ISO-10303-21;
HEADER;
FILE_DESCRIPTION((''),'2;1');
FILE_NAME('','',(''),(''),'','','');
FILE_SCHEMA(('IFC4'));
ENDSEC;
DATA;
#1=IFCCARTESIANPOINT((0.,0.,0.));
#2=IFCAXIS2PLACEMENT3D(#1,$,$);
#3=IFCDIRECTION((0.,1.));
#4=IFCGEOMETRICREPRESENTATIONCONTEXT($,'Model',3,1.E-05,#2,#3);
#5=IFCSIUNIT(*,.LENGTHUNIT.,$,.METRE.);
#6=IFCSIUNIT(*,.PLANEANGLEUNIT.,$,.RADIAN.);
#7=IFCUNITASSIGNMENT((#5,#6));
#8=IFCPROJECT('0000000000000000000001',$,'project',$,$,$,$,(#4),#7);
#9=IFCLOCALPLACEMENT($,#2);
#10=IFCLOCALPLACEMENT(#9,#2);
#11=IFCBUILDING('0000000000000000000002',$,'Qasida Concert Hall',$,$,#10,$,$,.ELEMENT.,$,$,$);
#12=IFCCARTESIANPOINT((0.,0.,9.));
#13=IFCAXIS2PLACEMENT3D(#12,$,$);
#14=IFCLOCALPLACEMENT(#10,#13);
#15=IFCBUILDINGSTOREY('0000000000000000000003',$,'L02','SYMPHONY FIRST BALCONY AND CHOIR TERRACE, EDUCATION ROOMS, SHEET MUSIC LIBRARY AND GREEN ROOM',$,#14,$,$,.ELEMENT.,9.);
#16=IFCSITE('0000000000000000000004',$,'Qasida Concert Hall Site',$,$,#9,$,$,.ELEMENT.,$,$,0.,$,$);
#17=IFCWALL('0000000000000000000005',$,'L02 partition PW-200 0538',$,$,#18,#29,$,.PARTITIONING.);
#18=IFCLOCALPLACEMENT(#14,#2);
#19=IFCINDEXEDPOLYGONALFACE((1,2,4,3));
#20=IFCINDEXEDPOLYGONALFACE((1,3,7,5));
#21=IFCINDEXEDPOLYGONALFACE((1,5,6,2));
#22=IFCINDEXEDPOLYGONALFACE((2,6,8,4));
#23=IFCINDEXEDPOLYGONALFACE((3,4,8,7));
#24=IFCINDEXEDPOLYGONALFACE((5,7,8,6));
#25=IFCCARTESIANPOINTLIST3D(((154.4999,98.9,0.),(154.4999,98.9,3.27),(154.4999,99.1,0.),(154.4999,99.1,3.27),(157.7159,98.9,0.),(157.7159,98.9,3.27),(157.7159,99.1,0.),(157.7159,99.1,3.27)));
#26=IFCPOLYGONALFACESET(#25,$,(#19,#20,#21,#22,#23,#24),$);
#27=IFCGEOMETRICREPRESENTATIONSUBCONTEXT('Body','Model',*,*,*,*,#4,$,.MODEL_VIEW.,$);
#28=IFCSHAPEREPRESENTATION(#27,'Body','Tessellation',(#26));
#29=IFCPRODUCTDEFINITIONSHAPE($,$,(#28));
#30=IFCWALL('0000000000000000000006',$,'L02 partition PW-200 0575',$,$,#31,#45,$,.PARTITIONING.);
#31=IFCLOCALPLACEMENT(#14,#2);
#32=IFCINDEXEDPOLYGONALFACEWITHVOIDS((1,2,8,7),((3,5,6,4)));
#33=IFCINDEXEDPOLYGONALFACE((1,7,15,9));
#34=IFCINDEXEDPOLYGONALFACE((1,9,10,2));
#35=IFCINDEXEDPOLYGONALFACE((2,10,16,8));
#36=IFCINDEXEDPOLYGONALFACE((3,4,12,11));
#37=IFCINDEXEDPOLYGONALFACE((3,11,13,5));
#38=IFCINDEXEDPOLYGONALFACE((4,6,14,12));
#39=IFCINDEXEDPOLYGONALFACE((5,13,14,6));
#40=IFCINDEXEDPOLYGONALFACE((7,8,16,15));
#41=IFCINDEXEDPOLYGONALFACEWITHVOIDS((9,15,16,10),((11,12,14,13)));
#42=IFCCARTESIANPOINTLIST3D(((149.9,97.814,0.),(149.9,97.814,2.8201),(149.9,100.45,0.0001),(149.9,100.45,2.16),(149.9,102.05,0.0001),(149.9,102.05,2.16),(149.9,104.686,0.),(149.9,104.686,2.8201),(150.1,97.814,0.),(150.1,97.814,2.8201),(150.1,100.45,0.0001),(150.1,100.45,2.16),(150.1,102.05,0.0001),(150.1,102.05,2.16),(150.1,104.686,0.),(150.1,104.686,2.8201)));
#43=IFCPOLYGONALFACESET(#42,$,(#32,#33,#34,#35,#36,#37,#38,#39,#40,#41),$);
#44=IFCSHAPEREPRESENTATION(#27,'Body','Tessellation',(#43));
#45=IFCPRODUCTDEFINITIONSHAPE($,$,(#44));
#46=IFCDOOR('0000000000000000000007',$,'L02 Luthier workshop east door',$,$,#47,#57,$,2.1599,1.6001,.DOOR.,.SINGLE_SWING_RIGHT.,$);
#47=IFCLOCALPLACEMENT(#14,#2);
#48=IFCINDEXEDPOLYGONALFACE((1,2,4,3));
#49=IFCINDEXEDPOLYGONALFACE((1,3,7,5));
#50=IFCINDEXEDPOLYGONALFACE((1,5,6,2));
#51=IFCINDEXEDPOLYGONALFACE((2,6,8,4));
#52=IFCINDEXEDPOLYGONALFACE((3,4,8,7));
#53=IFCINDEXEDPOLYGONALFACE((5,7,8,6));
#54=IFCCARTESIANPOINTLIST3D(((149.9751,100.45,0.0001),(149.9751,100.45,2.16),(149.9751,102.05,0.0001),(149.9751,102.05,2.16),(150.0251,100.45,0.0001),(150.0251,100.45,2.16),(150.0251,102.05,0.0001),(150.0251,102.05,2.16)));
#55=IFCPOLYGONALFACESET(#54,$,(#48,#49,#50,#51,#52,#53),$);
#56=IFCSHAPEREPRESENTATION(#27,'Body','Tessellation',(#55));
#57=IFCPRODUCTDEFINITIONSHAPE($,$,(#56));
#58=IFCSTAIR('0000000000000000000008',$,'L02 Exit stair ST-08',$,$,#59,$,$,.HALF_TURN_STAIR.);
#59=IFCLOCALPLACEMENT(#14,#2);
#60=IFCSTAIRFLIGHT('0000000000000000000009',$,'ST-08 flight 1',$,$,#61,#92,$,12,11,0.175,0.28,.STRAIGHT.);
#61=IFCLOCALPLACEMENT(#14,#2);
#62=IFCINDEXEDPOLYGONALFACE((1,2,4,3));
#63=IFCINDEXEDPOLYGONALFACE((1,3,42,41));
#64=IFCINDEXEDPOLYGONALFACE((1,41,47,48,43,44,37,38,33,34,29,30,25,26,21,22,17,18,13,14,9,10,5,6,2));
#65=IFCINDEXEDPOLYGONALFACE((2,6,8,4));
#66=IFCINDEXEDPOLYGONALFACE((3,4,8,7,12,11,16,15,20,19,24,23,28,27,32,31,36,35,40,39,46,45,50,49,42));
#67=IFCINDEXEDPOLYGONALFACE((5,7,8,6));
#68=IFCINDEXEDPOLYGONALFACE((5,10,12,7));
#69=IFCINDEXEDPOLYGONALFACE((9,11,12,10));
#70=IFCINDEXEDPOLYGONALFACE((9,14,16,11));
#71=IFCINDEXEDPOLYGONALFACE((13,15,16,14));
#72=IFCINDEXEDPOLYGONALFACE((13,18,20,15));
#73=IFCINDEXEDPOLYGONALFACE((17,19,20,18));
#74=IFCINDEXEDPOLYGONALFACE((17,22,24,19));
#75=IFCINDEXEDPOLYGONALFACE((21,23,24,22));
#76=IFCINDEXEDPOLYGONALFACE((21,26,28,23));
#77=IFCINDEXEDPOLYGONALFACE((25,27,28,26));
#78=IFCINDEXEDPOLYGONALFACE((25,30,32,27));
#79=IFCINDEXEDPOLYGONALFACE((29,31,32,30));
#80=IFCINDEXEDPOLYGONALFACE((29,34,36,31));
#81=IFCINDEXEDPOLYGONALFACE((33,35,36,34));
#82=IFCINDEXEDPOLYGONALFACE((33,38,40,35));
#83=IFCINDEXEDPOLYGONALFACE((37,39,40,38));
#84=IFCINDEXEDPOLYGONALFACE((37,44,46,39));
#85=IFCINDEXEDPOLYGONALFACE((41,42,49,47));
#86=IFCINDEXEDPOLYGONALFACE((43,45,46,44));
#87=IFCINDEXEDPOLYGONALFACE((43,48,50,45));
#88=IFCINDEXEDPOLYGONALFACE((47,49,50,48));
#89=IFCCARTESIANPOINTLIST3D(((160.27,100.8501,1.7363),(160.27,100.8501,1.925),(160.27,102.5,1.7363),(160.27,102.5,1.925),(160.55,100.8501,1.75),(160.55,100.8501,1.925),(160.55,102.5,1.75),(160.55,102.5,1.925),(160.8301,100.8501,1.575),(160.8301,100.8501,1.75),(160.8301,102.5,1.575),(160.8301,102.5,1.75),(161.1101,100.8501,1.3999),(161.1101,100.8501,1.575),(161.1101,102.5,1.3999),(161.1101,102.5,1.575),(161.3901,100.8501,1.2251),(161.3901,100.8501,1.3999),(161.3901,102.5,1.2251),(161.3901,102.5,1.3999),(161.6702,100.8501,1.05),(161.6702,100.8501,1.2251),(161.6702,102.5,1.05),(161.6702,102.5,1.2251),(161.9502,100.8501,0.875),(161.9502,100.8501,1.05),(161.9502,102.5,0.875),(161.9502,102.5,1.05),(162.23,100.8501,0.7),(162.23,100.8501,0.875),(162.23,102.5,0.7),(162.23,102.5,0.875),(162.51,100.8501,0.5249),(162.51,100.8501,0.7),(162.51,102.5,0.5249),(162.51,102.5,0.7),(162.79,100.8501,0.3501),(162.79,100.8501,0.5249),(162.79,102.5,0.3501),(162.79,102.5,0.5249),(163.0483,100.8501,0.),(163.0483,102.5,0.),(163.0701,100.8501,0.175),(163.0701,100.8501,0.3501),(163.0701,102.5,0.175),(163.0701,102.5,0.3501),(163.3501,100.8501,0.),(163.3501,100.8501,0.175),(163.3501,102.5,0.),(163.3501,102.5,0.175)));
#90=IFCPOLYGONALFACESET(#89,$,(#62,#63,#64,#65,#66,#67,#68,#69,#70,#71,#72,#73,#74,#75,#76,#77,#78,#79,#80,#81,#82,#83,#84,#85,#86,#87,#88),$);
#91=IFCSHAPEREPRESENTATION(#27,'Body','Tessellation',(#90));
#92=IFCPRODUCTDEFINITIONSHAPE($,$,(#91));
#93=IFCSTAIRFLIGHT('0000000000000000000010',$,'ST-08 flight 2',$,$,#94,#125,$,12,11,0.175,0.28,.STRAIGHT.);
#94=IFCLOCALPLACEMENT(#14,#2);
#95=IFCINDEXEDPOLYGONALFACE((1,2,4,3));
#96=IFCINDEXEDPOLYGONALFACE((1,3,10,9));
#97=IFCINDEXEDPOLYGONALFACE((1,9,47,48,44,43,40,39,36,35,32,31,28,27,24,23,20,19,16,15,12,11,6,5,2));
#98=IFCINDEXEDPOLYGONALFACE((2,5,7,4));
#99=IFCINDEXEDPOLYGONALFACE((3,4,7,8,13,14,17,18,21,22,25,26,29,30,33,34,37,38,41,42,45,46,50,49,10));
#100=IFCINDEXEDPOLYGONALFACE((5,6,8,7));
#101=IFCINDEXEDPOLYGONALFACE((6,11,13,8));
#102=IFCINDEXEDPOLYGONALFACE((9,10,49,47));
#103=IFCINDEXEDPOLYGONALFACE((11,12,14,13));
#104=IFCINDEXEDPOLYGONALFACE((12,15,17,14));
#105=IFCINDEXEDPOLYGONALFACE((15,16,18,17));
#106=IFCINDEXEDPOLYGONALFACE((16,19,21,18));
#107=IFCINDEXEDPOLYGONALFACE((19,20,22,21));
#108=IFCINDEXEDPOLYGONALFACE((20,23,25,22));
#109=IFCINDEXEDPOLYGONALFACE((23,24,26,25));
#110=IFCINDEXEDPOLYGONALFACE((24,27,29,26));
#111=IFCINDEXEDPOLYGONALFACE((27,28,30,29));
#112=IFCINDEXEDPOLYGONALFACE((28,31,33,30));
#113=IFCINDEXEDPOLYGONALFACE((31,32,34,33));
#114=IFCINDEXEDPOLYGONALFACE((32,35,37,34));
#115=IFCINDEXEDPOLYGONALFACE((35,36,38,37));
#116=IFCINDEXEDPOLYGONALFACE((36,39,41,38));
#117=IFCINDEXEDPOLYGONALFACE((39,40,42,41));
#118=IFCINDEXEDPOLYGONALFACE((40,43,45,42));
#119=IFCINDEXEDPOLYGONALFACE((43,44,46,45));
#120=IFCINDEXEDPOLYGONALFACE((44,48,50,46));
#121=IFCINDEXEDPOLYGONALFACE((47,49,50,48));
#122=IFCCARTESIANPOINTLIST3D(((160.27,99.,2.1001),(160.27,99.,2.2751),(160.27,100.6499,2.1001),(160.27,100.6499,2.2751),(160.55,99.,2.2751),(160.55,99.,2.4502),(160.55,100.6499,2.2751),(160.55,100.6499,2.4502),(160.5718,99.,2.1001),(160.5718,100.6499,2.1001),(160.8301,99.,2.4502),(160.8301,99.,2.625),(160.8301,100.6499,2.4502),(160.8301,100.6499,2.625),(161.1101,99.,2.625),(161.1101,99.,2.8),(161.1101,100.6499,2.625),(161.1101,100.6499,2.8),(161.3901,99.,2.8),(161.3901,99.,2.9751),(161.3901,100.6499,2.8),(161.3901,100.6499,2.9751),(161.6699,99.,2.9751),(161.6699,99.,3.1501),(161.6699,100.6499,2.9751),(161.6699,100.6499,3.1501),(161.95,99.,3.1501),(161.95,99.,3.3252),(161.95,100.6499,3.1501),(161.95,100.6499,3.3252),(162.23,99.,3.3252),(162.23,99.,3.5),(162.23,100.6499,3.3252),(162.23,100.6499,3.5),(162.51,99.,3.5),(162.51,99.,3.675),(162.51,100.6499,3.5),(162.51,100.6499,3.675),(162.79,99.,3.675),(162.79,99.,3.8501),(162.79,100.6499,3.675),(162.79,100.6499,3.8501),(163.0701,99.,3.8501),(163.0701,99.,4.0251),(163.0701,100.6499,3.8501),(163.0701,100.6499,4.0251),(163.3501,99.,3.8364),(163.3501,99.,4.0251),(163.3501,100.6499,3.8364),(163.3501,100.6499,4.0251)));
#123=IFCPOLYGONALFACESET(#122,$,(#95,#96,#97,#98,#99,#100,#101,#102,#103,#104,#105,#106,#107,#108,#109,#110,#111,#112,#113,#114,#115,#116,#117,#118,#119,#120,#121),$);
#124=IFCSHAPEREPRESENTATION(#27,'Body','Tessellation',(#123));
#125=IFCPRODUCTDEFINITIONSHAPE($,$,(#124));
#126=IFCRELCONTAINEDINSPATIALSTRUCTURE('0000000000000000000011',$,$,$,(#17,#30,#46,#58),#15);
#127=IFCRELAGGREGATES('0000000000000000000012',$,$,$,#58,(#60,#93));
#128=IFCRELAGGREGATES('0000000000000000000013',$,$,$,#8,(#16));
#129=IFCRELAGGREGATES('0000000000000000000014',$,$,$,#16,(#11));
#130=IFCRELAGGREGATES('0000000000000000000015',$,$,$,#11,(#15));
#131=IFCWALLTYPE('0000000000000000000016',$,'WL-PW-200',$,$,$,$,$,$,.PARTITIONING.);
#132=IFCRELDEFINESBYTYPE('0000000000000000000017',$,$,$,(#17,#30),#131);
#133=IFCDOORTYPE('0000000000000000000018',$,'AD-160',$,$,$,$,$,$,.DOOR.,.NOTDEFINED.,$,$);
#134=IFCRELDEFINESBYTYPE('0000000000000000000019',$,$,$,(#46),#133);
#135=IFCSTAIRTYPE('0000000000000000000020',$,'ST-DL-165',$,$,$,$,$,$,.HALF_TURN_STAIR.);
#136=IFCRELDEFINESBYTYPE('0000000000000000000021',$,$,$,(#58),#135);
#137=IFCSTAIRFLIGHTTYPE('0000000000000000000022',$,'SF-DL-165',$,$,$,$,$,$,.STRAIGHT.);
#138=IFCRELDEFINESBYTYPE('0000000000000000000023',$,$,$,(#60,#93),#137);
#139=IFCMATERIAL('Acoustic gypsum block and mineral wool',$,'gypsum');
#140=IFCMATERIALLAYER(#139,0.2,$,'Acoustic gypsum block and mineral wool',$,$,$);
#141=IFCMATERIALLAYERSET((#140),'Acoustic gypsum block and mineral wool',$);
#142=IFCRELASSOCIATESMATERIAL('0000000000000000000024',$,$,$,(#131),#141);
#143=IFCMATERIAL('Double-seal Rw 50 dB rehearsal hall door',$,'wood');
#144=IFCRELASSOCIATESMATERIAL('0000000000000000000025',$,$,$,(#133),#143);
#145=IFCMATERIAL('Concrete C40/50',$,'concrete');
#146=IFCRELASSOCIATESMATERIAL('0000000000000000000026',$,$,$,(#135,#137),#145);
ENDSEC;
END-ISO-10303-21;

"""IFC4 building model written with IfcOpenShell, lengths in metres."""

from ifc_helpers import new_model, si_unit, direction, frame, frame_2d, origin, place, context, subcontext, project, spatial, polyline, rectangle, outline, extrude, material, layer, layer_set, type_object, element, fill, aggregate, save


model = new_model("IFC4")

# Units and contexts
model_context = context("Model", 3, precision=1e-05, world=origin(), true_north=direction((0.0, 1.0)))
body_context = subcontext(model_context, "Body", "Model", "MODEL_VIEW")
ifc_project = project(units=[si_unit("LENGTHUNIT", "METRE"), si_unit("PLANEANGLEUNIT", "RADIAN")], contexts=[model_context])

# Site, building, storey
site_placement = place(None, origin())
site = spatial("IfcSite", under=ifc_project, at=site_placement, Name="Qasida Concert Hall Site", CompositionType="ELEMENT", RefElevation=0.0)
building_placement = place(site_placement, origin())
building = spatial("IfcBuilding", under=site, at=building_placement, Name="Qasida Concert Hall", CompositionType="ELEMENT")
storey_placement = place(building_placement, frame((0.0, 0.0, 9.0)))
storey = spatial("IfcBuildingStorey", under=building, at=storey_placement, Name="L02", Description="SYMPHONY FIRST BALCONY AND CHOIR TERRACE, EDUCATION ROOMS, SHEET MUSIC LIBRARY AND GREEN ROOM", CompositionType="ELEMENT", Elevation=9.0)

# Shared definitions
ifc_material_1 = material(Name="Concrete C40/50", Category="concrete")

# Wall
ifc_material_2 = material(Name="Acoustic gypsum block and mineral wool", Category="gypsum")
ifc_layer_1 = layer(ifc_material_2, 0.2, Name="Acoustic gypsum block and mineral wool")
ifc_layer_set_1 = layer_set([ifc_layer_1], Name="Acoustic gypsum block and mineral wool")
wall_type_1 = type_object("IfcWallType", Name="WL-PW-200", PredefinedType="PARTITIONING", material=ifc_layer_set_1)
wall_1_placement = place(storey_placement, frame((154.5, 99.0, 0.0), z_axis=(0.0, 0.0, 1.0), x_axis=(1.0, 0.0, 0.0)))
element("IfcWall", 1, at=wall_1_placement, inside=storey, type_object=wall_type_1, Name="L02 partition PW-200 0538", PredefinedType="PARTITIONING", context=body_context, shape_type="SweptSolid", body=[
    extrude(rectangle(XDim=3.2161, YDim=0.2, at=frame_2d((1.6079, 0.0))), origin(), (0.0, 0.0, 1.0), 3.27),
])

# Wall, opening, door
wall_2_placement = place(storey_placement, frame((150.0, 97.814, 0.0), z_axis=(0.0, 0.0, 1.0), x_axis=(0.0, 1.0, 0.0)))
wall_2 = element("IfcWall", 2, at=wall_2_placement, inside=storey, type_object=wall_type_1, Name="L02 partition PW-200 0575", PredefinedType="PARTITIONING", context=body_context, shape_type="SweptSolid", body=[
    extrude(rectangle(XDim=6.8721, YDim=0.2, at=frame_2d((3.436, 0.0))), origin(), (0.0, 0.0, 1.0), 2.8201),
])
opening_1_placement = place(wall_2_placement, frame((2.636, 0.0, 0.0)))
opening_1 = element("IfcOpeningElement", 3, at=opening_1_placement, cuts=wall_2, PredefinedType="OPENING", context=body_context, shape_type="SweptSolid", body=[
    extrude(rectangle(XDim=1.6001, YDim=2.1599, at=frame_2d((0.8, 1.0801))), frame((0.0, 0.1099, 0.0), z_axis=(0.0, -1.0, 0.0), x_axis=(1.0, 0.0, 0.0)), (0.0, 0.0, 1.0), 0.22),
])
ifc_material_3 = material(Name="Double-seal Rw 50 dB rehearsal hall door", Category="wood")
door_type_1 = type_object("IfcDoorType", Name="AD-160", OperationType="NOTDEFINED", PredefinedType="DOOR", material=ifc_material_3)
door_1_placement = place(opening_1_placement, origin())
door_1 = element("IfcDoor", 4, at=door_1_placement, inside=storey, type_object=door_type_1, Name="L02 Luthier workshop east door", OperationType="SINGLE_SWING_RIGHT", OverallHeight=2.1599, OverallWidth=1.6001, PredefinedType="DOOR", context=body_context, shape_type="SweptSolid", body=[
    extrude(rectangle(XDim=1.6001, YDim=2.1599, at=frame_2d((0.8, 1.0801))), frame((0.0, 0.0249, 0.0), z_axis=(0.0, -1.0, 0.0), x_axis=(1.0, 0.0, 0.0)), (0.0, 0.0, 1.0), 0.05),
])
fill(opening_1, door_1)

# Stair, stair flights
stair_type = type_object("IfcStairType", Name="ST-DL-165", PredefinedType="HALF_TURN_STAIR", material=ifc_material_1)
stair_placement = place(storey_placement, origin())
stair = element("IfcStair", 5, at=stair_placement, inside=storey, type_object=stair_type, Name="L02 Exit stair ST-08", PredefinedType="HALF_TURN_STAIR")
stair_flight_type = type_object("IfcStairFlightType", Name="SF-DL-165", PredefinedType="STRAIGHT", material=ifc_material_1)
stair_flight_1_placement = place(storey_placement, frame((163.3501, 101.675, 0.0), z_axis=(0.0, 0.0, 1.0), x_axis=(-1.0, 0.0, 0.0)))
stair_flight_1 = element("IfcStairFlight", 6, at=stair_flight_1_placement, type_object=stair_flight_type, Name="ST-08 flight 1", NumberOfRisers=12, NumberOfTreads=11, PredefinedType="STRAIGHT", RiserHeight=0.175, TreadLength=0.28, context=body_context, shape_type="SweptSolid", body=[
    extrude(outline(polyline([(0.0, 0.0), (0.0, 0.175), (0.28, 0.175), (0.28, 0.3501), (0.5601, 0.3501), (0.5601, 0.5249), (0.8401, 0.5249), (0.8401, 0.7), (1.1201, 0.7), (1.1201, 0.875), (1.3999, 0.875), (1.3999, 1.05), (1.6799, 1.05), (1.6799, 1.2251), (1.96, 1.2251), (1.96, 1.3999), (2.24, 1.3999), (2.24, 1.575), (2.52, 1.575), (2.52, 1.75), (2.8, 1.75), (2.8, 1.925), (3.0801, 1.925), (3.0801, 2.1001), (3.0801, 1.7363), (0.3018, 0.0), (0.0, 0.0)])), frame((0.0, 0.825, 0.0), z_axis=(0.0, -1.0, 0.0), x_axis=(1.0, 0.0, 0.0)), (0.0, 0.0, 1.0), 1.6499),
])
stair_flight_2_placement = place(storey_placement, frame((160.27, 99.825, 2.1001), z_axis=(0.0, 0.0, 1.0), x_axis=(1.0, 0.0, 0.0)))
stair_flight_2 = element("IfcStairFlight", 7, at=stair_flight_2_placement, type_object=stair_flight_type, Name="ST-08 flight 2", NumberOfRisers=12, NumberOfTreads=11, PredefinedType="STRAIGHT", RiserHeight=0.175, TreadLength=0.28, context=body_context, shape_type="SweptSolid", body=[
    extrude(outline(polyline([(0.0, 0.0), (0.0, 0.175), (0.28, 0.175), (0.28, 0.3501), (0.5601, 0.3501), (0.5601, 0.5249), (0.8401, 0.5249), (0.8401, 0.7), (1.1201, 0.7), (1.1201, 0.875), (1.3999, 0.875), (1.3999, 1.05), (1.6799, 1.05), (1.6799, 1.2251), (1.96, 1.2251), (1.96, 1.3999), (2.24, 1.3999), (2.24, 1.575), (2.52, 1.575), (2.52, 1.75), (2.8, 1.75), (2.8, 1.925), (3.0801, 1.925), (3.0801, 2.1001), (3.0801, 1.7363), (0.3018, 0.0), (0.0, 0.0)])), frame((0.0, 0.825, 0.0), z_axis=(0.0, -1.0, 0.0), x_axis=(1.0, 0.0, 0.0)), (0.0, 0.0, 1.0), 1.6499),
])
aggregate(stair, [stair_flight_1, stair_flight_2])

save(model, "model.ifc")
